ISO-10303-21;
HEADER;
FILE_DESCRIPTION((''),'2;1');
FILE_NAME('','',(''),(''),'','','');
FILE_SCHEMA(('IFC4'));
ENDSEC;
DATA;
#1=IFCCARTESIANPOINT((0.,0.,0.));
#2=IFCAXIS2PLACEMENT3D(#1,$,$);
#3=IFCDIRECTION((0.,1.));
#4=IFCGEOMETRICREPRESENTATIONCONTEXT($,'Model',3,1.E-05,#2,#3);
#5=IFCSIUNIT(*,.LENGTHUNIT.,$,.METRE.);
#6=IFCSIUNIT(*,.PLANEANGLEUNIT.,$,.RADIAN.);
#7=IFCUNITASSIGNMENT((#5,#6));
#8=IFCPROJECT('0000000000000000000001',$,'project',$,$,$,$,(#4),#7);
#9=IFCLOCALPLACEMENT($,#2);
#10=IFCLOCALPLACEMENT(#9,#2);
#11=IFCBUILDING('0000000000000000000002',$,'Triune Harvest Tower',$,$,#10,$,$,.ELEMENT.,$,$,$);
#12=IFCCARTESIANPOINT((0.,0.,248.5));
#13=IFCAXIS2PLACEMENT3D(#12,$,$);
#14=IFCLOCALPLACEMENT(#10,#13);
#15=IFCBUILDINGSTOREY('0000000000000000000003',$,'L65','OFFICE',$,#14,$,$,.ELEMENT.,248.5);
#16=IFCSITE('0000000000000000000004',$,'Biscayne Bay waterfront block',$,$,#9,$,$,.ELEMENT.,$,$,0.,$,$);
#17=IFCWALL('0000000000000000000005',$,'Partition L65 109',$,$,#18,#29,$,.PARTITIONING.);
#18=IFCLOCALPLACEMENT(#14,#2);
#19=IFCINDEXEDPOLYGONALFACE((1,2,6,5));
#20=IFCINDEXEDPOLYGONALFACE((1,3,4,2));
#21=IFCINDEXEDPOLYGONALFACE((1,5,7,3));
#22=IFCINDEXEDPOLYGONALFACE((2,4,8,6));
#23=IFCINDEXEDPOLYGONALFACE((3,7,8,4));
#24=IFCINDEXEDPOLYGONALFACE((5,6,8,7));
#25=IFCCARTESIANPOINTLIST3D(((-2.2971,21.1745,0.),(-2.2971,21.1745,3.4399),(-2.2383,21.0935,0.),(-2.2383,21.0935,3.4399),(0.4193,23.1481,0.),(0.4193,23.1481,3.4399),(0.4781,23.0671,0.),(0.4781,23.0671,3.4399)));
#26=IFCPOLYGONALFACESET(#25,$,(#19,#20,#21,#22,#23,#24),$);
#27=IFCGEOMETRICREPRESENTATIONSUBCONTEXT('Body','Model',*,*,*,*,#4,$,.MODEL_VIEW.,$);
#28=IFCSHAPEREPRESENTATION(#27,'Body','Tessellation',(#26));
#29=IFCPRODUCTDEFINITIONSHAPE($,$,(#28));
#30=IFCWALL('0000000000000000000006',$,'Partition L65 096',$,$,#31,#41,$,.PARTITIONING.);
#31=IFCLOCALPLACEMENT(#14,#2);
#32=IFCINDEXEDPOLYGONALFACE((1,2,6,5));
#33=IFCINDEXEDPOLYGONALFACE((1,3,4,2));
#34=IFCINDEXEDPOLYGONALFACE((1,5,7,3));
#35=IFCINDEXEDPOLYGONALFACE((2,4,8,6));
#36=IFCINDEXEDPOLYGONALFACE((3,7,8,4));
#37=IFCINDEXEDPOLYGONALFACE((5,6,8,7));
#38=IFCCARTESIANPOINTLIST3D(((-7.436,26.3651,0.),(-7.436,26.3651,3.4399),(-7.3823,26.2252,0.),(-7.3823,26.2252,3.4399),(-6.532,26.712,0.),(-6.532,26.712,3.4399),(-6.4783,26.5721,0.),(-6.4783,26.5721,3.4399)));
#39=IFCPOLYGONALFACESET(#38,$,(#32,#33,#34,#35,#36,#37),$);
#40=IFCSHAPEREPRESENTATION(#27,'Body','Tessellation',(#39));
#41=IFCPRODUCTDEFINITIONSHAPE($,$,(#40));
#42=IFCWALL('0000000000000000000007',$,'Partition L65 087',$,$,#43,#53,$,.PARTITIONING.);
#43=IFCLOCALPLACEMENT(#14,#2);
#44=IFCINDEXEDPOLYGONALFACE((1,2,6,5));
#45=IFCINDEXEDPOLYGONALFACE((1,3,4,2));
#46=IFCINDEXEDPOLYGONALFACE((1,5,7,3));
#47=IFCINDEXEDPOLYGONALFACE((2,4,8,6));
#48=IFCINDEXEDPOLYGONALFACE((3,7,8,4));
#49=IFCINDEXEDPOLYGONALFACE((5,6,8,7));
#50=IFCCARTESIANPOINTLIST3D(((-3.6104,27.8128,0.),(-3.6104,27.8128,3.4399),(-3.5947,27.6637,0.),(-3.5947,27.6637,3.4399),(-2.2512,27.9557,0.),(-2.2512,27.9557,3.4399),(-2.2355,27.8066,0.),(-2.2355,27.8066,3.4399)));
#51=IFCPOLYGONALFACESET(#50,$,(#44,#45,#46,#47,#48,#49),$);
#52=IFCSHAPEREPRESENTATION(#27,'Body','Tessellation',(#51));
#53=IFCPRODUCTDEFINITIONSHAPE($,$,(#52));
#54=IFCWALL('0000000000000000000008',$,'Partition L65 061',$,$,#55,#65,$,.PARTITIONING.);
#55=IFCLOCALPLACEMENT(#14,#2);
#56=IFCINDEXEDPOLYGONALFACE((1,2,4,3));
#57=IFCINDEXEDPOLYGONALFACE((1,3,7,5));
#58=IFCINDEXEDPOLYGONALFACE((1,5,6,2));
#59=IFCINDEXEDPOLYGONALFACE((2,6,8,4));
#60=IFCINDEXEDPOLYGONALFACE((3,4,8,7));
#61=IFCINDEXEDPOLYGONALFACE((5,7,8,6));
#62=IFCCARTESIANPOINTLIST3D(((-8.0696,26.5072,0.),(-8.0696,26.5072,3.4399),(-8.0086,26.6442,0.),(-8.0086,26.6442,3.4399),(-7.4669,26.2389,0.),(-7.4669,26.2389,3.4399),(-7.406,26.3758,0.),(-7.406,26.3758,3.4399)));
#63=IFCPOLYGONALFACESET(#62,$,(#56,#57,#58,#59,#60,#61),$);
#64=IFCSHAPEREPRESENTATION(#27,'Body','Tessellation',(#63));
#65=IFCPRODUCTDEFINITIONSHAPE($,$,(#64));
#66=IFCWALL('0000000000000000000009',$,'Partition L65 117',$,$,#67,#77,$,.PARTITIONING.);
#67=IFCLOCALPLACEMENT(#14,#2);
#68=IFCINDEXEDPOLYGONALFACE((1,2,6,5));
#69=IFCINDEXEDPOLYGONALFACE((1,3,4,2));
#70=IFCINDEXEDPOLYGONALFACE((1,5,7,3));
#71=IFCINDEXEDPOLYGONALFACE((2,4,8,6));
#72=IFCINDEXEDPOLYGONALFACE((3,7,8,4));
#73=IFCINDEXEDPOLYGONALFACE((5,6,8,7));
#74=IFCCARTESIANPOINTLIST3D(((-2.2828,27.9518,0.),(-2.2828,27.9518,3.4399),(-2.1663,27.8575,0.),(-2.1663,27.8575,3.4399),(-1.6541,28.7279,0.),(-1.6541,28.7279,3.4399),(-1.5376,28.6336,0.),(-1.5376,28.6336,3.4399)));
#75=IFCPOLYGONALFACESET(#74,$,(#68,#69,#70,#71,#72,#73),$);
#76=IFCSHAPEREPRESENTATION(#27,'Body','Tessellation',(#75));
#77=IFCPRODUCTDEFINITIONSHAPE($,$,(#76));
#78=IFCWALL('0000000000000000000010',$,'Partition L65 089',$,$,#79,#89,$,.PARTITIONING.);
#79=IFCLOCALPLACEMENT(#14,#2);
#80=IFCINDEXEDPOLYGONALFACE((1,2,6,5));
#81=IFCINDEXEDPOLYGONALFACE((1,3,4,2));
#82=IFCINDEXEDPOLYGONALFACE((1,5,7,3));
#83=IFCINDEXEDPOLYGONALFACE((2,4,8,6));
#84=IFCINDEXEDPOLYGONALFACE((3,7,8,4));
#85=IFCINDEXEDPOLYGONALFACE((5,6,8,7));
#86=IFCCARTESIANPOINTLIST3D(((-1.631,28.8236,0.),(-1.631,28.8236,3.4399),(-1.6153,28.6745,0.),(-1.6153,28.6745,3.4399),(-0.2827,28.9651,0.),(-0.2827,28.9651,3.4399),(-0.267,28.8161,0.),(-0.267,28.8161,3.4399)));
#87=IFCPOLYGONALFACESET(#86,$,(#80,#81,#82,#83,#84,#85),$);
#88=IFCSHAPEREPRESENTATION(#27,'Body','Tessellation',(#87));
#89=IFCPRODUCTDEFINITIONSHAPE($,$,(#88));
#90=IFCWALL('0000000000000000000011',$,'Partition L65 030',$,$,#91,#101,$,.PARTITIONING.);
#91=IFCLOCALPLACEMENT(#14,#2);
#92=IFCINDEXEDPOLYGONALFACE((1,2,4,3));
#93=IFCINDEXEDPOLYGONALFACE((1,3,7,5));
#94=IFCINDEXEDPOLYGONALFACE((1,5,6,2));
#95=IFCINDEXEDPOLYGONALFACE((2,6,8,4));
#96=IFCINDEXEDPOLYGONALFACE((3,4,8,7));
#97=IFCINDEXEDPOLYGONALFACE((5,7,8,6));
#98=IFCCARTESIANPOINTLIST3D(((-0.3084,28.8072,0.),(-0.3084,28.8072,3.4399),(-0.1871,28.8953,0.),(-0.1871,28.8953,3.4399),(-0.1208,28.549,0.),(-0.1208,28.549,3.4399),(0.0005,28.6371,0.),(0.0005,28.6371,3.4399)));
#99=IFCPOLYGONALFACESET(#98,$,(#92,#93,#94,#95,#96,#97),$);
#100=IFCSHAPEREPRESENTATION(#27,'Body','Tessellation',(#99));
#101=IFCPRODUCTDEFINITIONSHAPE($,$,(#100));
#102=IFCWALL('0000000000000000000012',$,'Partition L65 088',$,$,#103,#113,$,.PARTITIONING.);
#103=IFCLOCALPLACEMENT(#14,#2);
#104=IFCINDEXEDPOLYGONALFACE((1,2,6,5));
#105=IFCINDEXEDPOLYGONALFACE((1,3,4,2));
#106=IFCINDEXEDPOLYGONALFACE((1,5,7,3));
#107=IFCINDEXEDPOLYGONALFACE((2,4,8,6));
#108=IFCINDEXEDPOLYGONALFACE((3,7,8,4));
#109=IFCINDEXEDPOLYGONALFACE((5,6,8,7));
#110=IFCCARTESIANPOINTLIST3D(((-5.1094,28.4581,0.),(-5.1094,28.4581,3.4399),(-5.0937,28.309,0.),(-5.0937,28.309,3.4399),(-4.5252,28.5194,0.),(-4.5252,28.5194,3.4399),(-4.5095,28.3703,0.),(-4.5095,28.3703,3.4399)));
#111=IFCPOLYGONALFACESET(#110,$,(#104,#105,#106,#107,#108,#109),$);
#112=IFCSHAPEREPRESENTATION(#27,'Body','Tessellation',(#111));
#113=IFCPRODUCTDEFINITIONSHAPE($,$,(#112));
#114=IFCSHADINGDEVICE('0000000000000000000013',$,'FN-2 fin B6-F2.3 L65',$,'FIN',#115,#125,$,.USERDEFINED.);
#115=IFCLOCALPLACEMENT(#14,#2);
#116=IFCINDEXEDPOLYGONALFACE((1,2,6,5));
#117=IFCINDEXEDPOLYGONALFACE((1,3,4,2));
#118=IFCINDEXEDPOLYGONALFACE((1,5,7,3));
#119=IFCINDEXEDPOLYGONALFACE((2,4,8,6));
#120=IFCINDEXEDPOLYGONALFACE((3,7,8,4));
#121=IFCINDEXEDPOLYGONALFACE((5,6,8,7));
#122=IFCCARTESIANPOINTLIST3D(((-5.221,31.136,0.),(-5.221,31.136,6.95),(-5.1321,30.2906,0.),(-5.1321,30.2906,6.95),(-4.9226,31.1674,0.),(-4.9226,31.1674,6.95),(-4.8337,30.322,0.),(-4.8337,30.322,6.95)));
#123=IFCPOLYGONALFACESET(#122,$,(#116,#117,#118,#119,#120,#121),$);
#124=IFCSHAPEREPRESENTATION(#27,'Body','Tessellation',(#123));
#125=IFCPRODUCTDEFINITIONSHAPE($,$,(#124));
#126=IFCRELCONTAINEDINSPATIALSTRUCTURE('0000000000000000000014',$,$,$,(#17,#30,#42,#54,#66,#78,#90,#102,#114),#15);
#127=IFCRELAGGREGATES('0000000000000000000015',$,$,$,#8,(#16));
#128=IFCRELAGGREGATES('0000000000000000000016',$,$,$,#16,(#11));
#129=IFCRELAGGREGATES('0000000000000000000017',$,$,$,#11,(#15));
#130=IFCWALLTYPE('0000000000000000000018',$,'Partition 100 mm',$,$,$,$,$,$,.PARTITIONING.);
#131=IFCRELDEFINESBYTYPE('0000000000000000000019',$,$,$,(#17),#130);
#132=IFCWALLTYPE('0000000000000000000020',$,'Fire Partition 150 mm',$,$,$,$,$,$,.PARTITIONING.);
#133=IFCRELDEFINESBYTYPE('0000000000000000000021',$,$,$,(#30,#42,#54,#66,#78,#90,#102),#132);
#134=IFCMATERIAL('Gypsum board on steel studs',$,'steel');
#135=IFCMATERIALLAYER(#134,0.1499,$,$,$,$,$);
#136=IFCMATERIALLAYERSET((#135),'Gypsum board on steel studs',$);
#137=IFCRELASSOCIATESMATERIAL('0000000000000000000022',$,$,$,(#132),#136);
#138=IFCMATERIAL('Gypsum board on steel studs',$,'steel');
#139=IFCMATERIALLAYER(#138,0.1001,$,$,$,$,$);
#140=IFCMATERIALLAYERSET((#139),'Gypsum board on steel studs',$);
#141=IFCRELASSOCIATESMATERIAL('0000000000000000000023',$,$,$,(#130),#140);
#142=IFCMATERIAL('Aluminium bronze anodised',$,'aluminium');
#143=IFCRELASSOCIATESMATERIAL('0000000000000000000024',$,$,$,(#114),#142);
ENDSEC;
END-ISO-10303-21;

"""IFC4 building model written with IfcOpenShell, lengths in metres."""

from ifc_helpers import new_model, si_unit, direction, frame, frame_2d, origin, origin_2d, place, context, subcontext, project, spatial, rectangle, extrude, source, transform, mapped, material, layer, layer_set, type_object, element, save


model = new_model("IFC4")

# Units and contexts
model_context = context("Model", 3, precision=1e-05, world=origin(), true_north=direction((0.0, 1.0)))
body_context = subcontext(model_context, "Body", "Model", "MODEL_VIEW")
ifc_project = project(units=[si_unit("LENGTHUNIT", "METRE"), si_unit("PLANEANGLEUNIT", "RADIAN")], contexts=[model_context])

# Site, building, storey
site_placement = place(None, origin())
site = spatial("IfcSite", under=ifc_project, at=site_placement, Name="Biscayne Bay waterfront block", CompositionType="ELEMENT", RefElevation=0.0)
building_placement = place(site_placement, origin())
building = spatial("IfcBuilding", under=site, at=building_placement, Name="Triune Harvest Tower", CompositionType="ELEMENT")
storey_placement = place(building_placement, frame((0.0, 0.0, 248.5)))
storey = spatial("IfcBuildingStorey", under=building, at=storey_placement, Name="L65", Description="OFFICE", CompositionType="ELEMENT", Elevation=248.5)

# Shared definitions
ifc_material_1 = material(Name="Gypsum board on steel studs", Category="steel")
ifc_layer_1 = layer(ifc_material_1, 0.1499)
ifc_layer_set_1 = layer_set([ifc_layer_1], Name="Gypsum board on steel studs")
wall_type_1 = type_object("IfcWallType", Name="Fire Partition 150 mm", PredefinedType="PARTITIONING", material=ifc_layer_set_1)

# Walls
ifc_material_2 = material(Name="Gypsum board on steel studs", Category="steel")
ifc_layer_2 = layer(ifc_material_2, 0.1001)
ifc_layer_set_2 = layer_set([ifc_layer_2], Name="Gypsum board on steel studs")
wall_type_2 = type_object("IfcWallType", Name="Partition 100 mm", PredefinedType="PARTITIONING", material=ifc_layer_set_2)
wall_1_placement = place(storey_placement, frame((-2.2676, 21.134, 0.0), z_axis=(0.0, 0.0, 1.0), x_axis=(0.809, 0.587808, 0.0)))
element("IfcWall", 1, at=wall_1_placement, inside=storey, type_object=wall_type_2, Name="Partition L65 109", PredefinedType="PARTITIONING", context=body_context, shape_type="SweptSolid", body=[
    extrude(rectangle(XDim=3.3577, YDim=0.1001, at=frame_2d((1.6787, 0.0))), origin(), (0.0, 0.0, 1.0), 3.4399),
])
shared_shape_1 = source(origin(), body_context, "Body", "SweptSolid", [
    extrude(rectangle(XDim=0.9683, YDim=0.1499, at=frame_2d((0.4841, 0.0))), origin(), (0.0, 0.0, 1.0), 3.4399),
])
wall_2_placement = place(storey_placement, frame((-7.4092, 26.2952, 0.0), z_axis=(0.0, 0.0, 1.0), x_axis=(0.933618, 0.358269, 0.0)))
element("IfcWall", 2, at=wall_2_placement, inside=storey, type_object=wall_type_1, Name="Partition L65 096", PredefinedType="PARTITIONING", context=body_context, shape_type="MappedRepresentation", body=[
    mapped(shared_shape_1, transform((0.0, 0.0, 0.0), scale=1.0)),
])
shared_shape_2 = source(origin(), body_context, "Body", "SweptSolid", [
    extrude(rectangle(XDim=1.3667, YDim=0.1499, at=frame_2d((0.6833, 0.0))), origin(), (0.0, 0.0, 1.0), 3.4399),
])
wall_3_placement = place(storey_placement, frame((-3.6025, 27.7383, 0.0), z_axis=(0.0, 0.0, 1.0), x_axis=(0.994524, 0.104508, 0.0)))
element("IfcWall", 3, at=wall_3_placement, inside=storey, type_object=wall_type_1, Name="Partition L65 087", PredefinedType="PARTITIONING", context=body_context, shape_type="MappedRepresentation", body=[
    mapped(shared_shape_2, transform((0.0, 0.0, 0.0), scale=1.0)),
])
shared_shape_3 = source(origin(), body_context, "Body", "SweptSolid", [
    extrude(rectangle(XDim=0.6597, YDim=0.1499, at=frame_2d((0.3298, 0.0))), origin(), (0.0, 0.0, 1.0), 3.4399),
])
wall_4_placement = place(storey_placement, frame((-8.0391, 26.5757, 0.0), z_axis=(0.0, 0.0, 1.0), x_axis=(0.913521, -0.406791, 0.0)))
element("IfcWall", 4, at=wall_4_placement, inside=storey, type_object=wall_type_1, Name="Partition L65 061", PredefinedType="PARTITIONING", context=body_context, shape_type="MappedRepresentation", body=[
    mapped(shared_shape_3, transform((0.0, 0.0, 0.0), scale=1.0)),
])
shared_shape_4 = source(origin(), body_context, "Body", "SweptSolid", [
    extrude(rectangle(XDim=0.9988, YDim=0.1499, at=frame_2d((0.4995, 0.0))), origin(), (0.0, 0.0, 1.0), 3.4399),
])
wall_5_placement = place(storey_placement, frame((-2.2246, 27.9045, 0.0), z_axis=(0.0, 0.0, 1.0), x_axis=(0.629423, 0.777063, 0.0)))
element("IfcWall", 5, at=wall_5_placement, inside=storey, type_object=wall_type_1, Name="Partition L65 117", PredefinedType="PARTITIONING", context=body_context, shape_type="MappedRepresentation", body=[
    mapped(shared_shape_4, transform((0.0, 0.0, 0.0), scale=1.0)),
])
shared_shape_5 = source(origin(), body_context, "Body", "SweptSolid", [
    extrude(rectangle(XDim=1.3557, YDim=0.1499, at=frame_2d((0.6777, 0.0))), origin(), (0.0, 0.0, 1.0), 3.4399),
])
wall_6_placement = place(storey_placement, frame((-1.623, 28.749, 0.0), z_axis=(0.0, 0.0, 1.0), x_axis=(0.994531, 0.104441, 0.0)))
element("IfcWall", 6, at=wall_6_placement, inside=storey, type_object=wall_type_1, Name="Partition L65 089", PredefinedType="PARTITIONING", context=body_context, shape_type="MappedRepresentation", body=[
    mapped(shared_shape_5, transform((0.0, 0.0, 0.0), scale=1.0)),
])
shared_shape_6 = source(origin(), body_context, "Body", "SweptSolid", [
    extrude(rectangle(XDim=0.3191, YDim=0.1499, at=frame_2d((0.1597, 0.0))), origin(), (0.0, 0.0, 1.0), 3.4399),
])
wall_7_placement = place(storey_placement, frame((-0.2478, 28.8513, 0.0), z_axis=(0.0, 0.0, 1.0), x_axis=(0.587808, -0.809001, 0.0)))
element("IfcWall", 7, at=wall_7_placement, inside=storey, type_object=wall_type_1, Name="Partition L65 030", PredefinedType="PARTITIONING", context=body_context, shape_type="MappedRepresentation", body=[
    mapped(shared_shape_6, transform((0.0, 0.0, 0.0), scale=1.0)),
])
shared_shape_7 = source(origin(), body_context, "Body", "SweptSolid", [
    extrude(rectangle(XDim=0.5874, YDim=0.1499, at=frame_2d((0.2937, 0.0))), origin(), (0.0, 0.0, 1.0), 3.4399),
])
wall_8_placement = place(storey_placement, frame((-5.1016, 28.3835, 0.0), z_axis=(0.0, 0.0, 1.0), x_axis=(0.994544, 0.104317, 0.0)))
element("IfcWall", 8, at=wall_8_placement, inside=storey, type_object=wall_type_1, Name="Partition L65 088", PredefinedType="PARTITIONING", context=body_context, shape_type="MappedRepresentation", body=[
    mapped(shared_shape_7, transform((0.0, 0.0, 0.0), scale=1.0)),
])

# Shading device
ifc_material_3 = material(Name="Aluminium bronze anodised", Category="aluminium")
shared_shape_8 = source(origin(), body_context, "Body", "SweptSolid", [
    extrude(rectangle(XDim=0.3, YDim=0.8501, at=origin_2d()), origin(), (0.0, 0.0, 1.0), 6.95),
])
shading_device_placement = place(storey_placement, frame((-5.0273, 30.729, 0.0), z_axis=(0.0, 0.0, 1.0), x_axis=(-0.994522, -0.10453, 0.0)))
element("IfcShadingDevice", 9, at=shading_device_placement, inside=storey, material=ifc_material_3, Name="FN-2 fin B6-F2.3 L65", ObjectType="FIN", PredefinedType="USERDEFINED", context=body_context, shape_type="MappedRepresentation", body=[
    mapped(shared_shape_8, transform((0.0, 0.0, 0.0), scale=1.0)),
])

save(model, "model.ifc")
